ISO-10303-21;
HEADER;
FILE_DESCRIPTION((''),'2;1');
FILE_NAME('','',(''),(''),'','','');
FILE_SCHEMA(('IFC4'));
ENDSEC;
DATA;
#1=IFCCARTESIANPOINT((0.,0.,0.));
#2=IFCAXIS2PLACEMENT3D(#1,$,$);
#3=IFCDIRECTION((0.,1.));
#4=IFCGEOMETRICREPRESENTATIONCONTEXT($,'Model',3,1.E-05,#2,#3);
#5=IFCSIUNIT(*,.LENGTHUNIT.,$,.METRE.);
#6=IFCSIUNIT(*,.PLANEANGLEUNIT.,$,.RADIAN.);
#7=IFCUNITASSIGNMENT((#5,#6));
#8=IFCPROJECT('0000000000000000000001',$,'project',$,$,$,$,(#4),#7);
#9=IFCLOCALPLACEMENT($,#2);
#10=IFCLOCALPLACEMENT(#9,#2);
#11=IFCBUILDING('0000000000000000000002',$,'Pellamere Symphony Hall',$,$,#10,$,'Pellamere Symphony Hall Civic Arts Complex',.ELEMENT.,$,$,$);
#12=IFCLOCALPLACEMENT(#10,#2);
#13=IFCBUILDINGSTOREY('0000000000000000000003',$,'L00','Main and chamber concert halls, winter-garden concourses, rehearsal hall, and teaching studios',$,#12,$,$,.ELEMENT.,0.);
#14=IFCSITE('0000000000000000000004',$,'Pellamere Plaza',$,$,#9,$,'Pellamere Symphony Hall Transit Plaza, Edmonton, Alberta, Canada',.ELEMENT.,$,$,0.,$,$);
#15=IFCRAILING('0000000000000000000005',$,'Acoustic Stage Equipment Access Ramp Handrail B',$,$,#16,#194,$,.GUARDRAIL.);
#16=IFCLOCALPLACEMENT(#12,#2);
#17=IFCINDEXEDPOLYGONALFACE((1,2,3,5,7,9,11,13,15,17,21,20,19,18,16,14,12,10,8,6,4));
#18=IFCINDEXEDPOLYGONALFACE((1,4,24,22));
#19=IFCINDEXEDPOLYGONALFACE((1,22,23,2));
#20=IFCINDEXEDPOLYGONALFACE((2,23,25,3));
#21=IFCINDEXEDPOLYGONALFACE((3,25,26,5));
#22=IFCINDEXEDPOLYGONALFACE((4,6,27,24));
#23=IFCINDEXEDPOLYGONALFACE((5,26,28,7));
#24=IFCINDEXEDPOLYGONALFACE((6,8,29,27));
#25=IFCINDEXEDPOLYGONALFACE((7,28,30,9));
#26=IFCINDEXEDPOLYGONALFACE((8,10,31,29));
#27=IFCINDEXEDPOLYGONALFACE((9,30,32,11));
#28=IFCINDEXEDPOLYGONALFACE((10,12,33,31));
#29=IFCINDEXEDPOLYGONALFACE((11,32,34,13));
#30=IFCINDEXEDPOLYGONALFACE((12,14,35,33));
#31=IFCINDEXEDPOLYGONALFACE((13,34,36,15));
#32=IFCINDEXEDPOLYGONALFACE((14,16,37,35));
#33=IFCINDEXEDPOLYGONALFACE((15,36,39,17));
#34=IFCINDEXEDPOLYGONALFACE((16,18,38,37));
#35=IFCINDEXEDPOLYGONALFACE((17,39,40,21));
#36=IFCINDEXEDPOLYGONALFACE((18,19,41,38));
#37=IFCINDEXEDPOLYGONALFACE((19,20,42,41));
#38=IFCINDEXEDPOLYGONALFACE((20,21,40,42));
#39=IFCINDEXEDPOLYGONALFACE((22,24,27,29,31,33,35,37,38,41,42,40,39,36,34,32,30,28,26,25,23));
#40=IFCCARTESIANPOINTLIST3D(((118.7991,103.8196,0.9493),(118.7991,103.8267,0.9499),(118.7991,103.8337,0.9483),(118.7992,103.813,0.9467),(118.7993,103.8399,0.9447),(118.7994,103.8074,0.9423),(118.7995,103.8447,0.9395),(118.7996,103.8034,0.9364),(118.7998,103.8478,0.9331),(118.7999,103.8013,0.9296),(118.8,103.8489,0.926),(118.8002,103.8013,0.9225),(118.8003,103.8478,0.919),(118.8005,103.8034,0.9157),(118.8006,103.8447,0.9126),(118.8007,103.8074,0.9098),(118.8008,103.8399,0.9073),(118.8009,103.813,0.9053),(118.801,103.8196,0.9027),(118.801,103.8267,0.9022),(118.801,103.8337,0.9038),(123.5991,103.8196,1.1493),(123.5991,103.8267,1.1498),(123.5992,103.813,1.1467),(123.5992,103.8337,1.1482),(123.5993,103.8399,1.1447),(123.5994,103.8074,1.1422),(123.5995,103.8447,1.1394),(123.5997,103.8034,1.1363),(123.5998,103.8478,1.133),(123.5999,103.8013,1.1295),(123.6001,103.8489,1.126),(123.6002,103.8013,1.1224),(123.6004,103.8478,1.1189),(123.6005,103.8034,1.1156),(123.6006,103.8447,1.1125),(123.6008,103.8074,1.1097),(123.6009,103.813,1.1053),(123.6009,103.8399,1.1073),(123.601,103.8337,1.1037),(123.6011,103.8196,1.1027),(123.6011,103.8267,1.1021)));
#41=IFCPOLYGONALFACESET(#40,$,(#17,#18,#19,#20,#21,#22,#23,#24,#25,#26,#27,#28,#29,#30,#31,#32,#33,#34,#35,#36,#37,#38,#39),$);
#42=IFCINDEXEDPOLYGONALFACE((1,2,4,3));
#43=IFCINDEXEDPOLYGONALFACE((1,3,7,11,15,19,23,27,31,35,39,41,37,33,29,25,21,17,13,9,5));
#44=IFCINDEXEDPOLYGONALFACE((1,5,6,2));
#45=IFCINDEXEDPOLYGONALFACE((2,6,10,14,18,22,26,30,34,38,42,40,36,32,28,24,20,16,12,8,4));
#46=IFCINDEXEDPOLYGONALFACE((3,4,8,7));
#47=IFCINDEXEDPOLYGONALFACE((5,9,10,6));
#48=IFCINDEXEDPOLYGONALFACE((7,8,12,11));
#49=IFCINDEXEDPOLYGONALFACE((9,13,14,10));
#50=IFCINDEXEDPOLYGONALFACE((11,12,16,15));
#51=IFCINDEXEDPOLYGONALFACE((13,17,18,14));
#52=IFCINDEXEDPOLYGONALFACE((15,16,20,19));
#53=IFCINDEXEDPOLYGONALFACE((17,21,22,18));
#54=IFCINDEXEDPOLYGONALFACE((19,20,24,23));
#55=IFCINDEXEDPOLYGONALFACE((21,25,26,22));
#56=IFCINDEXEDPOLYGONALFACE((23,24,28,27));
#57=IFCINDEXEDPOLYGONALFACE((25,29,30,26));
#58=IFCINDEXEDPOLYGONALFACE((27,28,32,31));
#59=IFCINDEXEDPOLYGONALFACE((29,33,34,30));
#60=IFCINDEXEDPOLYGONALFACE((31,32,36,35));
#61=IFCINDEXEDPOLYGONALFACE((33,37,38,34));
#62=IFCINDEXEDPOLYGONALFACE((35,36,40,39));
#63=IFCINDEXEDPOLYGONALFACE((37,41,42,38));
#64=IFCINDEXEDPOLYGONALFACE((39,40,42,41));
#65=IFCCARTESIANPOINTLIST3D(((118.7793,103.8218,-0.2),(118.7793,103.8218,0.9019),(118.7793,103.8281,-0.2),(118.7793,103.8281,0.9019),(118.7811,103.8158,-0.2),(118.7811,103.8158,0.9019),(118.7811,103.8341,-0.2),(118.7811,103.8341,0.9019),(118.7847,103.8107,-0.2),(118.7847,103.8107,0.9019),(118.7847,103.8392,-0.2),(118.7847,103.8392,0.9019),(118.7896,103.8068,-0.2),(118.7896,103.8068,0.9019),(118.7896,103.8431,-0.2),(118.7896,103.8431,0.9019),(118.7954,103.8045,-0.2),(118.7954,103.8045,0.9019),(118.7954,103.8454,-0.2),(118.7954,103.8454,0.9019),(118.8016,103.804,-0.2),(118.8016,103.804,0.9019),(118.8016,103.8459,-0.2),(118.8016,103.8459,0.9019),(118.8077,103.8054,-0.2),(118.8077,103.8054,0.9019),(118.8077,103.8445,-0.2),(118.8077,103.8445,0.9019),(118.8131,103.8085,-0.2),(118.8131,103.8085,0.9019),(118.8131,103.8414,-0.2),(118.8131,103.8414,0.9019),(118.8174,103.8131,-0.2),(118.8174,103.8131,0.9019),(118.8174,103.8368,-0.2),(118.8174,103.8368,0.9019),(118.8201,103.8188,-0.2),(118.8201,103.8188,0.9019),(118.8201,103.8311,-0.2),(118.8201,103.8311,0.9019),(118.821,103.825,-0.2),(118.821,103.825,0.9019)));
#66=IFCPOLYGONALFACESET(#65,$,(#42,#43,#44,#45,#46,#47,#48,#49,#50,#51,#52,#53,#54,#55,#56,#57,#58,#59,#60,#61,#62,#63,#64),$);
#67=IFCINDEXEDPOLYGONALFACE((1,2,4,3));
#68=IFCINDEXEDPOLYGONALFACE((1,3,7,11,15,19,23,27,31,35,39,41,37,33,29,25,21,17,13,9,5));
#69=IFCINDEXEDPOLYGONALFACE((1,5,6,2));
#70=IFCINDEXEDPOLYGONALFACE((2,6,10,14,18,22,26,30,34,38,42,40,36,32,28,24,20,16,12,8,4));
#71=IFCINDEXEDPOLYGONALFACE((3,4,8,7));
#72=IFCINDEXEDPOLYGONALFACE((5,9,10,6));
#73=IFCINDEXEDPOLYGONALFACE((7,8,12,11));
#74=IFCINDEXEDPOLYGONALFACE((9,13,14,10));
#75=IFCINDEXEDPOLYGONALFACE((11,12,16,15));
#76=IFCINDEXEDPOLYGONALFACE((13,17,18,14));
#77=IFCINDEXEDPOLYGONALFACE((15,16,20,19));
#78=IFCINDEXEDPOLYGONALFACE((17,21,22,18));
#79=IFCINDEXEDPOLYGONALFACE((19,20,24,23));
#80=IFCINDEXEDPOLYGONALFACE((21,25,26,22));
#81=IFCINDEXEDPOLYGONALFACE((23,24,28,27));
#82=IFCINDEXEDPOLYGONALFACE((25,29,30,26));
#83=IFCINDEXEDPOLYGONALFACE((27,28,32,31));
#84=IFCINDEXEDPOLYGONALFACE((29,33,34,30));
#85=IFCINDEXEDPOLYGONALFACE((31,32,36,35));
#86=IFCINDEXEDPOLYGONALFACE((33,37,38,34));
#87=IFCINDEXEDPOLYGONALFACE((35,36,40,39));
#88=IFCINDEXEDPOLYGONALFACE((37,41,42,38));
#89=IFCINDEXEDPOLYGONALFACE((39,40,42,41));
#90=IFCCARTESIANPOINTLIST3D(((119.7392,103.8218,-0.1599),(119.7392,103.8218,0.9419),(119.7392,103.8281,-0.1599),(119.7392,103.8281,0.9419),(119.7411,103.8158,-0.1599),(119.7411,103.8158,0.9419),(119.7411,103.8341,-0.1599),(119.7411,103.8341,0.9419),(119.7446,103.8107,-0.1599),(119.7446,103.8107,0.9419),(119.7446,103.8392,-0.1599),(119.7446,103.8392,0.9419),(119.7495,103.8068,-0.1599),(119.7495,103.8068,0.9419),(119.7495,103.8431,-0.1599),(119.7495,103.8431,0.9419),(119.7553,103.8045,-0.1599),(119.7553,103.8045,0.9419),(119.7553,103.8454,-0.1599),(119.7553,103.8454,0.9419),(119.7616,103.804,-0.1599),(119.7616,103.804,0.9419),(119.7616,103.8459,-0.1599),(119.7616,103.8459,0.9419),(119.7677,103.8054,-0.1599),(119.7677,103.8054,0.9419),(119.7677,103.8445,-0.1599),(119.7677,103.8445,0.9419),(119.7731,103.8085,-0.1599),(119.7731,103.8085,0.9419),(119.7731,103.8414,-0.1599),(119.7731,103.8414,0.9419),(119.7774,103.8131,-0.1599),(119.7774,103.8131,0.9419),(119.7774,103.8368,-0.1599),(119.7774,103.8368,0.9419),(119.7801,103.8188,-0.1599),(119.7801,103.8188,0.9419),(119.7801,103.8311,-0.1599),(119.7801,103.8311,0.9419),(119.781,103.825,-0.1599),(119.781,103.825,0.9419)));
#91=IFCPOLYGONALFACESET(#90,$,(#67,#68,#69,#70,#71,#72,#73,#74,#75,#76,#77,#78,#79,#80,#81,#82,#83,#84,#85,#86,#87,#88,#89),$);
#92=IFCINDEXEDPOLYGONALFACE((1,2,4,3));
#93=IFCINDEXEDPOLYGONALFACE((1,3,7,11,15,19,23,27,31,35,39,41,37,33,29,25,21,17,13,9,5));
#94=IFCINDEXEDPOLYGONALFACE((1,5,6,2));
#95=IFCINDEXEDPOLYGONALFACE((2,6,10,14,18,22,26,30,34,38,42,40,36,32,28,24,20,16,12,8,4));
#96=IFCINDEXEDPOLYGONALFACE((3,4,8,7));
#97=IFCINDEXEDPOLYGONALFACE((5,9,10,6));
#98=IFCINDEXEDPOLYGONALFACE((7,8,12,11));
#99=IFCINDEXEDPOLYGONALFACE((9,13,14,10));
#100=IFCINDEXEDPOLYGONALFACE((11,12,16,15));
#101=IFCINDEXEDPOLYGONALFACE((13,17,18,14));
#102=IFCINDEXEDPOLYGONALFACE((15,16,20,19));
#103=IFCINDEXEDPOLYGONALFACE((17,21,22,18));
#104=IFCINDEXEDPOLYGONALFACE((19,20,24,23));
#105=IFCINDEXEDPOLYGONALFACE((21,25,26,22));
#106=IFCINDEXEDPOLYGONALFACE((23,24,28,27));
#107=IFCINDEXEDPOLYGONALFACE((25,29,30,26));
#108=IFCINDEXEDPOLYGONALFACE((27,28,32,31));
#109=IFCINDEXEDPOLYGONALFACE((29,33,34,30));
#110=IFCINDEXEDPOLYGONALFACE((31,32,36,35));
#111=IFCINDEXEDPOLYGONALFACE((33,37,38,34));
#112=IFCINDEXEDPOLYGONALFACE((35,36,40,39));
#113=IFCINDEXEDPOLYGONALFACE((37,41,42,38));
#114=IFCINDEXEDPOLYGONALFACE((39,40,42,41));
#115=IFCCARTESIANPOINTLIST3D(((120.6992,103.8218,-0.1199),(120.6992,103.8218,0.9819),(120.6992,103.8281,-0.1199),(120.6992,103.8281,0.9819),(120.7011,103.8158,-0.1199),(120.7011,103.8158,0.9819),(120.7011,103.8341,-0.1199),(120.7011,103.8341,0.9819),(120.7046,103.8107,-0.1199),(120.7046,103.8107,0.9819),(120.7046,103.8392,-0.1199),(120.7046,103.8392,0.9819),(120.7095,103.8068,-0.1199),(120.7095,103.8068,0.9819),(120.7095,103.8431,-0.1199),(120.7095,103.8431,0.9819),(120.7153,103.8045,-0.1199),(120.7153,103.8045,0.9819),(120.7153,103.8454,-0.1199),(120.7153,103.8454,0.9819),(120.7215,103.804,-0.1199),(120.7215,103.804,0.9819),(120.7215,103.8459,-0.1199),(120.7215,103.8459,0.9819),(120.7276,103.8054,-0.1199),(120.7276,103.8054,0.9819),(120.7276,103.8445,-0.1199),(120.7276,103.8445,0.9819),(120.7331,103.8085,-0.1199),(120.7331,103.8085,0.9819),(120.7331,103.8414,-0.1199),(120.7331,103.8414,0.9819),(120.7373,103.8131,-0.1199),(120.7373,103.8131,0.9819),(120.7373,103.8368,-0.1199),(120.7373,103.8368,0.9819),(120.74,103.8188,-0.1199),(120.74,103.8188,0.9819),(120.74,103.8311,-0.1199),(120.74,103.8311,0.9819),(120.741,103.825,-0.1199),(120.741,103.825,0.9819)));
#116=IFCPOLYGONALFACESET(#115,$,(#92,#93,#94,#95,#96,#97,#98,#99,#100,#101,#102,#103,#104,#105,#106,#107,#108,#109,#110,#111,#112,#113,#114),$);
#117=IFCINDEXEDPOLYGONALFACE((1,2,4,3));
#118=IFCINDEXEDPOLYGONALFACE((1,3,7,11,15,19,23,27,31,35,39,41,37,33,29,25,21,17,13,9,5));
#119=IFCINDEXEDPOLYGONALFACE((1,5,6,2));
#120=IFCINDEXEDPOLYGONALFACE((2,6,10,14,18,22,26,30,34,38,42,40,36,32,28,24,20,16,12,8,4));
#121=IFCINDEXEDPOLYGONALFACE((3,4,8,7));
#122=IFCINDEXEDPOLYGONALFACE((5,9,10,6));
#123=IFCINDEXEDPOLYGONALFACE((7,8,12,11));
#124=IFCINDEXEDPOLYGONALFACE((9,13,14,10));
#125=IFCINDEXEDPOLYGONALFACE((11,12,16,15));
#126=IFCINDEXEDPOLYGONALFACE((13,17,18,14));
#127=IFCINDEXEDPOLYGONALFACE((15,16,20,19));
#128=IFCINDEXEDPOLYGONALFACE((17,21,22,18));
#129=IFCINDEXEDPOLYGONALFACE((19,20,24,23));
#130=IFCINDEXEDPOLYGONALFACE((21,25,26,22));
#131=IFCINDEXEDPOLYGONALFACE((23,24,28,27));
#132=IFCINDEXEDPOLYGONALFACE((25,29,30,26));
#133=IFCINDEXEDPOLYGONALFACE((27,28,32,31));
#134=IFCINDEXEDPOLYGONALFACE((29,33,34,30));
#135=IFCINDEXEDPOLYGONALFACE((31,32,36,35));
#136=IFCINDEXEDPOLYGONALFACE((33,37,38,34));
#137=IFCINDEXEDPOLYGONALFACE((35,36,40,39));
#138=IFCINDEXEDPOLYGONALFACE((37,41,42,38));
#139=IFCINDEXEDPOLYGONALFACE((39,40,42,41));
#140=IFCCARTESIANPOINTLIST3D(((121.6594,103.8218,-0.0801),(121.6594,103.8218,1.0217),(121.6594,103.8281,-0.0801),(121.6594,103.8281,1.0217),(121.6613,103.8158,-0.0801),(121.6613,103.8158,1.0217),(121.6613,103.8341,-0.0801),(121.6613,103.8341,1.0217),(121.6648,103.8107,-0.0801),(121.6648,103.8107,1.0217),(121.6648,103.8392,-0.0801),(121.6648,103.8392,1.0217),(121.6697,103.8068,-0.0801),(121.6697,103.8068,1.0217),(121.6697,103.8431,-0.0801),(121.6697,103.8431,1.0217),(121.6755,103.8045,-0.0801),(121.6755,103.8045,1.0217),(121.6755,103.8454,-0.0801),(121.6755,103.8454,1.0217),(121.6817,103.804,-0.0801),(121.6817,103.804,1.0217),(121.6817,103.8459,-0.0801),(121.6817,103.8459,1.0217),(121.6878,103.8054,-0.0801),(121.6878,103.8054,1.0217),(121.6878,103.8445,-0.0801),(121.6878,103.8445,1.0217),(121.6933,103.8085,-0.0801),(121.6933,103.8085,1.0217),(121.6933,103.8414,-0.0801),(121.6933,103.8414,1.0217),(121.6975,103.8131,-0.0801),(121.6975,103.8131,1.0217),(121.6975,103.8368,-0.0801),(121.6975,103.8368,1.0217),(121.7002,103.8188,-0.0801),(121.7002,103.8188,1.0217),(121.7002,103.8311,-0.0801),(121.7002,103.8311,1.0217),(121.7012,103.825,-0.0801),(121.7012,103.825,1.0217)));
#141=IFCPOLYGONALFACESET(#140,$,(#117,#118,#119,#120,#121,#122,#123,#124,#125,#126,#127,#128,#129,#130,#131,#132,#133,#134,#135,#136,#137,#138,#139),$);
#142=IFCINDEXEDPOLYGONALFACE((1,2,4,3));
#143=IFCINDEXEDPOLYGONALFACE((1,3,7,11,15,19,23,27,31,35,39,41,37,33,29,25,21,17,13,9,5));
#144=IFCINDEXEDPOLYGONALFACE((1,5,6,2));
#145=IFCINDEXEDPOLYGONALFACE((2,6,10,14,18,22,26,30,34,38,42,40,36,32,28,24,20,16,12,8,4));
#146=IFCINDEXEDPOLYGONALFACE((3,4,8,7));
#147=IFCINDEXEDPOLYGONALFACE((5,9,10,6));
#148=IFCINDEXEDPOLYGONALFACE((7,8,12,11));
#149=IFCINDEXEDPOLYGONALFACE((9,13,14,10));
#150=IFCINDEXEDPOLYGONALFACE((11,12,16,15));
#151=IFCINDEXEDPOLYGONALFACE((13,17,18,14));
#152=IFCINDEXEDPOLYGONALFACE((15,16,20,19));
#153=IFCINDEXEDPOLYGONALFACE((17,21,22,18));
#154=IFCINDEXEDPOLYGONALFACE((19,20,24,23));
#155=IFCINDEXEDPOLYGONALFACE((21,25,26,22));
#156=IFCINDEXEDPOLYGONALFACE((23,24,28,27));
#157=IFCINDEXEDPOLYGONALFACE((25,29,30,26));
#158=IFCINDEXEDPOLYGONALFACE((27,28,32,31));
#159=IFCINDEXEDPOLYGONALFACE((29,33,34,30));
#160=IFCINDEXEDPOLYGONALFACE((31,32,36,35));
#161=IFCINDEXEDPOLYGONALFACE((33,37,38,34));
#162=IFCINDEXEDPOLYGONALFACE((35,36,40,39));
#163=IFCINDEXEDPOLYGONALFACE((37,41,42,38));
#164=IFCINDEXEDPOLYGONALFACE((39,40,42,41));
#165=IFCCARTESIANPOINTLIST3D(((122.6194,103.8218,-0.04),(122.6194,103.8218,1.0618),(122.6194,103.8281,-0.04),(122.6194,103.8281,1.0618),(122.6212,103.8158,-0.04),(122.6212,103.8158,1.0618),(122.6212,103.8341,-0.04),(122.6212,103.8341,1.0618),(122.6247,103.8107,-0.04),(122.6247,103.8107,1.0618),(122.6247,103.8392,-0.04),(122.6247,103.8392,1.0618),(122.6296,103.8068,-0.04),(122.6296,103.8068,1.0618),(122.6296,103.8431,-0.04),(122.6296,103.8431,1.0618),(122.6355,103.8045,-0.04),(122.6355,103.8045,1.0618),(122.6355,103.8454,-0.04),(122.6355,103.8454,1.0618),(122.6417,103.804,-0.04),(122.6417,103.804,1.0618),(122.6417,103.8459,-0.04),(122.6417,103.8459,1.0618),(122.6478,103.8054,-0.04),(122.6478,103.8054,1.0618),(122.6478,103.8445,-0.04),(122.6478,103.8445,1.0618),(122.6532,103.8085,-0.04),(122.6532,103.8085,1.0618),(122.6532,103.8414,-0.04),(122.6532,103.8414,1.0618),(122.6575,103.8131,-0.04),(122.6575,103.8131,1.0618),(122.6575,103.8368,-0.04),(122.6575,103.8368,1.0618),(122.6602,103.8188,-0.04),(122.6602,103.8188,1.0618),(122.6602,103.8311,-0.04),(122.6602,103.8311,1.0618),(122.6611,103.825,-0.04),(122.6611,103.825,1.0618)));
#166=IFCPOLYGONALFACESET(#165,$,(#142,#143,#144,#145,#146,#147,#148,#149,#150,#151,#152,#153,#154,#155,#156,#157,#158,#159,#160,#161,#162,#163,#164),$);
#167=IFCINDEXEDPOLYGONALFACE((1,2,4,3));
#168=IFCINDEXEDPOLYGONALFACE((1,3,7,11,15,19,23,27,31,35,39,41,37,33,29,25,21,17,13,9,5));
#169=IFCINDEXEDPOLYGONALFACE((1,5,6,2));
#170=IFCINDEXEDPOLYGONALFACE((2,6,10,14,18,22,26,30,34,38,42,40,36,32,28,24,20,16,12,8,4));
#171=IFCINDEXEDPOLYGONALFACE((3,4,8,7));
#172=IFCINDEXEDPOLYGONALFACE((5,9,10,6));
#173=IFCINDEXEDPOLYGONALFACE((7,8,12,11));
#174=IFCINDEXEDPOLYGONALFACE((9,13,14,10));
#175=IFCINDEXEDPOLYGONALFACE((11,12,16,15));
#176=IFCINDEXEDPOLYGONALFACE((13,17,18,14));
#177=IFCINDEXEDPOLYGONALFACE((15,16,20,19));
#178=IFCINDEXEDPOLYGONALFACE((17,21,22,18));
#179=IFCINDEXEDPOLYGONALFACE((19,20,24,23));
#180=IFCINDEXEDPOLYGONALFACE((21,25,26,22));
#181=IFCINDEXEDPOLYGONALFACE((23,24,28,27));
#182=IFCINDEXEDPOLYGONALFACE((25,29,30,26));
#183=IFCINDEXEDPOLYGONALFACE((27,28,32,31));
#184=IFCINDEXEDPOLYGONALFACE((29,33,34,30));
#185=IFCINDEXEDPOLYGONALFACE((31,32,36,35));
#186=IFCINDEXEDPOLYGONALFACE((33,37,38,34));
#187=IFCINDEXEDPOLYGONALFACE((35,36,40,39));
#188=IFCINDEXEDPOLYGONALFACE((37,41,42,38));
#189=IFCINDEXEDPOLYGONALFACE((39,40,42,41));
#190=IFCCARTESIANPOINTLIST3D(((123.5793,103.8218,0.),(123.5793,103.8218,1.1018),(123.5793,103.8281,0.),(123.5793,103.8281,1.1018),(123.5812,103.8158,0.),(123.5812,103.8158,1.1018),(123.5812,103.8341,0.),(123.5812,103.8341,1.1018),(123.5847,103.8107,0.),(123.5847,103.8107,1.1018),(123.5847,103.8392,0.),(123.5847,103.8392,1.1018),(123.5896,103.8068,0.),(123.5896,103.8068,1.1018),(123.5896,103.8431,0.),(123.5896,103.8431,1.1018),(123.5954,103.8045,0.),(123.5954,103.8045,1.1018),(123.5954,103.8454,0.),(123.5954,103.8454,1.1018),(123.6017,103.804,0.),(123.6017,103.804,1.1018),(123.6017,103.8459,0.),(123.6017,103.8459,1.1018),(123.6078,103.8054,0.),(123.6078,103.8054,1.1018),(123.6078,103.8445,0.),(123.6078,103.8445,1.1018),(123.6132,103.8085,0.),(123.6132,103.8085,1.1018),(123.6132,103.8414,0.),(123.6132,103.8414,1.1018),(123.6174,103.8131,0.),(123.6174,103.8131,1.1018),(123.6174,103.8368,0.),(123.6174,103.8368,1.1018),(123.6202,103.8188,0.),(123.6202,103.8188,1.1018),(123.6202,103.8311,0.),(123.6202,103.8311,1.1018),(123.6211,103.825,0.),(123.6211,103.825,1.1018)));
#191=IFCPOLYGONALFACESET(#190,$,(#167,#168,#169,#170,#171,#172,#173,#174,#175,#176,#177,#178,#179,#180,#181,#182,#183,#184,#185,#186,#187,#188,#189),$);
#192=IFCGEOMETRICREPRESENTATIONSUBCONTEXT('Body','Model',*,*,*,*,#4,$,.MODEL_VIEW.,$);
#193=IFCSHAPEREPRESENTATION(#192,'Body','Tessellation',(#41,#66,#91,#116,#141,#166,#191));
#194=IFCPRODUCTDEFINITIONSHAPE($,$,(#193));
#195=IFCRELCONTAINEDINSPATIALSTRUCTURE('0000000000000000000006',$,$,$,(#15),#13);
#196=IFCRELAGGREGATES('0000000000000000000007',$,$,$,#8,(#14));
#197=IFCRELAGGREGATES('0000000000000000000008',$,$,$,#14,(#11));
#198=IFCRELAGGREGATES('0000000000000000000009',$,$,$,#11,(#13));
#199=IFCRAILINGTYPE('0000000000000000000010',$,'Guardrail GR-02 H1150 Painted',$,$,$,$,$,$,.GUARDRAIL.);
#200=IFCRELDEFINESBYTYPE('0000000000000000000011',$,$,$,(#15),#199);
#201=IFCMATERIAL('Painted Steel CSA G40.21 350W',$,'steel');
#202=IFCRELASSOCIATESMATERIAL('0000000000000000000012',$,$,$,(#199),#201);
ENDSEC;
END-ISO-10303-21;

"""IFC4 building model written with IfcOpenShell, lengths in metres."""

from ifc_helpers import new_model, si_unit, direction, frame, origin, origin_2d, place, context, subcontext, project, spatial, circle, extrude, material, type_object, element, save


model = new_model("IFC4")

# Units and contexts
model_context = context("Model", 3, precision=1e-05, world=origin(), true_north=direction((0.0, 1.0)))
body_context = subcontext(model_context, "Body", "Model", "MODEL_VIEW")
ifc_project = project(units=[si_unit("LENGTHUNIT", "METRE"), si_unit("PLANEANGLEUNIT", "RADIAN")], contexts=[model_context])

# Site, building, storey
site_placement = place(None, origin())
site = spatial("IfcSite", under=ifc_project, at=site_placement, Name="Pellamere Plaza", LongName="Pellamere Symphony Hall Transit Plaza, Edmonton, Alberta, Canada", CompositionType="ELEMENT", RefElevation=0.0)
building_placement = place(site_placement, origin())
building = spatial("IfcBuilding", under=site, at=building_placement, Name="Pellamere Symphony Hall", LongName="Pellamere Symphony Hall Civic Arts Complex", CompositionType="ELEMENT")
storey_placement = place(building_placement, origin())
storey = spatial("IfcBuildingStorey", under=building, at=storey_placement, Name="L00", Description="Main and chamber concert halls, winter-garden concourses, rehearsal hall, and teaching studios", CompositionType="ELEMENT", Elevation=0.0)

# Railing
ifc_material_1 = material(Name="Painted Steel CSA G40.21 350W", Category="steel")
railing_type = type_object("IfcRailingType", Name="Guardrail GR-02 H1150 Painted", PredefinedType="GUARDRAIL", material=ifc_material_1)
for number, where, name in (
    (1, (118.8, 103.825, -0.2), "Acoustic Stage Equipment Access Ramp Handrail B"),
):
    element("IfcRailing", number, at=place(storey_placement, frame(where)), inside=storey, type_object=railing_type, Name=name, PredefinedType="GUARDRAIL", context=body_context, shape_type="SweptSolid", body=[
        extrude(circle(Radius=0.0239, at=origin_2d()), frame((0.0, 0.0, 1.126), z_axis=(0.999134, 0.0, 0.04162), x_axis=(0.0, 1.0, 0.0)), (0.0, 0.0, 1.0), 4.8042),
        extrude(circle(Radius=0.021, at=origin_2d()), origin(), (0.0, 0.0, 1.0), 1.1018),
        extrude(circle(Radius=0.021, at=origin_2d()), frame((0.96, 0.0, 0.04)), (0.0, 0.0, 1.0), 1.1018),
        extrude(circle(Radius=0.021, at=origin_2d()), frame((1.9199, 0.0, 0.0801)), (0.0, 0.0, 1.0), 1.1018),
        extrude(circle(Radius=0.021, at=origin_2d()), frame((2.8801, 0.0, 0.1199)), (0.0, 0.0, 1.0), 1.1018),
        extrude(circle(Radius=0.021, at=origin_2d()), frame((3.8401, 0.0, 0.1599)), (0.0, 0.0, 1.0), 1.1018),
        extrude(circle(Radius=0.021, at=origin_2d()), frame((4.8, 0.0, 0.2)), (0.0, 0.0, 1.0), 1.1018),
    ])

save(model, "model.ifc")
